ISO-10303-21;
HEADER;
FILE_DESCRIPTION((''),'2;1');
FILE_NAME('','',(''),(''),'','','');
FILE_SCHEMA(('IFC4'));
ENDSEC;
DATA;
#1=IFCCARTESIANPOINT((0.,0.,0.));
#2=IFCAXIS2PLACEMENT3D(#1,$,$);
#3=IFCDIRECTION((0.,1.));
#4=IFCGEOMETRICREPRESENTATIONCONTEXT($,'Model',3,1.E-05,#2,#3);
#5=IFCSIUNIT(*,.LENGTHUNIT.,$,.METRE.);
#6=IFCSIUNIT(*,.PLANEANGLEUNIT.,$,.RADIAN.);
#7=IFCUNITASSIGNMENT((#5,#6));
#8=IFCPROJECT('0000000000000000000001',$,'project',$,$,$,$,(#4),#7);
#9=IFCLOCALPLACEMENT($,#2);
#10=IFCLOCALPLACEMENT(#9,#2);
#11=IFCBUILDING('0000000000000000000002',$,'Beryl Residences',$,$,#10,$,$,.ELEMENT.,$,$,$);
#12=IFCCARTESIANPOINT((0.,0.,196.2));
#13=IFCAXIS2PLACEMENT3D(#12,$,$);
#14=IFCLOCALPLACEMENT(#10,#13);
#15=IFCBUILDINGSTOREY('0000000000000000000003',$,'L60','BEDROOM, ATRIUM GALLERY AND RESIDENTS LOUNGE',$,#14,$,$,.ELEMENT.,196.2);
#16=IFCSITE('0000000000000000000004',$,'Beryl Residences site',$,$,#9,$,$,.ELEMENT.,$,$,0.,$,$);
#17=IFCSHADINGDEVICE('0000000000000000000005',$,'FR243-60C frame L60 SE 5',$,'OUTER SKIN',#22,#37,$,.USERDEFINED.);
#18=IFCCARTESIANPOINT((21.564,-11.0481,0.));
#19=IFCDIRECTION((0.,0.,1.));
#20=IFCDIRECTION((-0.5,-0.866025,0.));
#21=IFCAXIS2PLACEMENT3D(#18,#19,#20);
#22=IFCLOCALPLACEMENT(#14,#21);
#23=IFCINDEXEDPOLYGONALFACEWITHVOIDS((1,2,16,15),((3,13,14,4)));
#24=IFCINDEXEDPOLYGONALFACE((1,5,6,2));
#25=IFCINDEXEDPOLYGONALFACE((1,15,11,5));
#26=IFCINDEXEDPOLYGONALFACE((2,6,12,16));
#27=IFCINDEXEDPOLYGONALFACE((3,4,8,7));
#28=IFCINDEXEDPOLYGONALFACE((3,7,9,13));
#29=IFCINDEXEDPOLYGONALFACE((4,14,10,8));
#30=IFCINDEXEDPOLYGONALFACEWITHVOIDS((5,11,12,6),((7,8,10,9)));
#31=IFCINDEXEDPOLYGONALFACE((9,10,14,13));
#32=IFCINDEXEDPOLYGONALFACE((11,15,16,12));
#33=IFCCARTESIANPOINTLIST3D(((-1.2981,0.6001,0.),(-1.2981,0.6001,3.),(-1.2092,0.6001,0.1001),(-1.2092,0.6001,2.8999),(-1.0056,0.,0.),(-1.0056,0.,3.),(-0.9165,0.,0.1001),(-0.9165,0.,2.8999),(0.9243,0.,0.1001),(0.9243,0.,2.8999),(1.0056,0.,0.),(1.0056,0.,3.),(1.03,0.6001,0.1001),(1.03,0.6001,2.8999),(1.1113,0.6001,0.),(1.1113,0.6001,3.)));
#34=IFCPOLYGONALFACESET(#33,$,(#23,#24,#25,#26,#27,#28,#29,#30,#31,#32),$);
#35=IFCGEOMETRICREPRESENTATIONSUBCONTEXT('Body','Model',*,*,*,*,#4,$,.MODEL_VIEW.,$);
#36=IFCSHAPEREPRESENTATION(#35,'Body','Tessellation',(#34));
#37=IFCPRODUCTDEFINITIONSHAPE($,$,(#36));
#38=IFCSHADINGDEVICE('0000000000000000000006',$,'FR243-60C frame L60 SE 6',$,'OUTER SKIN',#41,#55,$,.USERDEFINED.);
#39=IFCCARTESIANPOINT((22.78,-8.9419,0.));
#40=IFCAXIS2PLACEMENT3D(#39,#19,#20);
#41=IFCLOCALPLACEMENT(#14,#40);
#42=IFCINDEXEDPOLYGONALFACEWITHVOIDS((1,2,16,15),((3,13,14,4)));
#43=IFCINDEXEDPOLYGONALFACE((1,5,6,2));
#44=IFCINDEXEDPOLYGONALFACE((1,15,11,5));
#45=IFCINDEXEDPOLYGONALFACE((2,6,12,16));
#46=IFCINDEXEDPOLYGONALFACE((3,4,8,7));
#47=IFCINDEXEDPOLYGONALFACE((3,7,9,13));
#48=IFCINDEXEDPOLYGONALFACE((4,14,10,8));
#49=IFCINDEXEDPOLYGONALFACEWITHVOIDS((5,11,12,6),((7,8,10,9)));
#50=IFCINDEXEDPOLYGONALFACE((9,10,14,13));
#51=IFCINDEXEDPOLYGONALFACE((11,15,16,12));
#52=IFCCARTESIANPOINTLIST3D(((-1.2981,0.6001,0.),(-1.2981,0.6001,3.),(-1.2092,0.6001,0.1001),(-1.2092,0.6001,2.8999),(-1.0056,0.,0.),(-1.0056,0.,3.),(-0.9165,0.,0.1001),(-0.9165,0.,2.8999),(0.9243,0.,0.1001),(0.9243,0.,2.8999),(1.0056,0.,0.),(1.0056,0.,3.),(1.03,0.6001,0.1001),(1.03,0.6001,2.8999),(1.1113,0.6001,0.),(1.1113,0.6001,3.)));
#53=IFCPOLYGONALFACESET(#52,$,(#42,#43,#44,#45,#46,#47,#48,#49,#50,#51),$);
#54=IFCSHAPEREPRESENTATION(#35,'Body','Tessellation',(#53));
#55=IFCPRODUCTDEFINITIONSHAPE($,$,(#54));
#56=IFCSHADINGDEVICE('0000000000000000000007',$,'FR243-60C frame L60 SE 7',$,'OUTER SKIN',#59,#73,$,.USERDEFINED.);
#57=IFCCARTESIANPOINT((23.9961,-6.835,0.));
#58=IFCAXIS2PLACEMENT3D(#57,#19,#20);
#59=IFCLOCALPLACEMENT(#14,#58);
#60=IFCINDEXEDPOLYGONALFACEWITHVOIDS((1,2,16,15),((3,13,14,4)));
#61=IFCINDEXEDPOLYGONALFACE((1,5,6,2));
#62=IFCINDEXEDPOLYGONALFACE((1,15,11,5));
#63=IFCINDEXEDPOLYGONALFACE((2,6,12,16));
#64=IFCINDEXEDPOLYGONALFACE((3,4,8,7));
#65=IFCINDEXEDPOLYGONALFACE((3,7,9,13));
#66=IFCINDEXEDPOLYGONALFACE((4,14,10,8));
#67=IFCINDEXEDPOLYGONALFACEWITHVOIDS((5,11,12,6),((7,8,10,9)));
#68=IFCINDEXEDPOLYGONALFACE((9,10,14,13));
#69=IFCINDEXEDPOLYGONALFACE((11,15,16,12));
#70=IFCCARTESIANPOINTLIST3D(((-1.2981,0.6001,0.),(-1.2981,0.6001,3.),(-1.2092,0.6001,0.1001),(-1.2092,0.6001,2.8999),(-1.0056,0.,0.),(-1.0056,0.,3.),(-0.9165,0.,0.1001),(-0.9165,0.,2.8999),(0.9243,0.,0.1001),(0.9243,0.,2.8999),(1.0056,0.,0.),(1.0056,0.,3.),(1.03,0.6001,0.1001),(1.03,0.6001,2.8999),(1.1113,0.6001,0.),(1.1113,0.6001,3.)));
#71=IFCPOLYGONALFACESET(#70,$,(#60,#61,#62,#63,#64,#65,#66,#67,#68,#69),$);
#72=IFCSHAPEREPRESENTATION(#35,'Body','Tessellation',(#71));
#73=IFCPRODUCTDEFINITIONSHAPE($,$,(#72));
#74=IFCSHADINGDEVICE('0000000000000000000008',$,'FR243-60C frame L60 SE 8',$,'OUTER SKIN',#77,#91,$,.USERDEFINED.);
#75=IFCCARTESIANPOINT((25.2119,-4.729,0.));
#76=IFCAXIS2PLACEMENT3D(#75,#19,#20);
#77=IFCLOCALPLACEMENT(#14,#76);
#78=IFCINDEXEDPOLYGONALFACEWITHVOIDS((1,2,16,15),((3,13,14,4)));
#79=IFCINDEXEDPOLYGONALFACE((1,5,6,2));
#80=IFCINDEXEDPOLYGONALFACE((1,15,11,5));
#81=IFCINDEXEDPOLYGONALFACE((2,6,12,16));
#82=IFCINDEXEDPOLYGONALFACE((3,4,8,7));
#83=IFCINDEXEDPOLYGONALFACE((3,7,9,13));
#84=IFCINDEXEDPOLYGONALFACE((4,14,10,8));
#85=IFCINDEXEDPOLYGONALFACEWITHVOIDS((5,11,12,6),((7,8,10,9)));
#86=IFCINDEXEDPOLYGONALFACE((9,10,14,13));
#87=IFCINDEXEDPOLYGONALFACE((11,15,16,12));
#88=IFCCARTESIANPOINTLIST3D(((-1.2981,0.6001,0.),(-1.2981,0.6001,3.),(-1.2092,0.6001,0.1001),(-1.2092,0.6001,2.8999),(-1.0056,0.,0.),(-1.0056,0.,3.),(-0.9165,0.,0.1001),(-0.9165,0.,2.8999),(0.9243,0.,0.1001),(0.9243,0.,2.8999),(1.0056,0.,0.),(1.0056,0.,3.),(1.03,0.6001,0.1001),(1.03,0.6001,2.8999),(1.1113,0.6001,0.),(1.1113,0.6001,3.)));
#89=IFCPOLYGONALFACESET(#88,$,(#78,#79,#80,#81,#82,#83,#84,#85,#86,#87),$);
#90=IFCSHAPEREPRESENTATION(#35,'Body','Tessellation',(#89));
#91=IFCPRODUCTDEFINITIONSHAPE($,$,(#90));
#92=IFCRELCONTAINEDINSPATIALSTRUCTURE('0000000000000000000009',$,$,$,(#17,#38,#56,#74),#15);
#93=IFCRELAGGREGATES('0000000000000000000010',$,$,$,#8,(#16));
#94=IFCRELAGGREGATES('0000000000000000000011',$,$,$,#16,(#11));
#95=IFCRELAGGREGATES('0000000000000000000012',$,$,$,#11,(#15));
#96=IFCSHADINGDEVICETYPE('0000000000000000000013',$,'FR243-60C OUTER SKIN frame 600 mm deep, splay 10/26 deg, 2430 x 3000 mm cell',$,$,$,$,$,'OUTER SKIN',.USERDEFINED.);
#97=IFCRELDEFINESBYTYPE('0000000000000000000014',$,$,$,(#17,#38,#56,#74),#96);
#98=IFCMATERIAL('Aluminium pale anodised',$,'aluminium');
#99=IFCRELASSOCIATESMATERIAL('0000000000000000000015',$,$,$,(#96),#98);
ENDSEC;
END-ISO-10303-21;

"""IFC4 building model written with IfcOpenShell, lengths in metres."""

from ifc_helpers import new_model, entity, si_unit, direction, frame, origin, place, context, subcontext, project, spatial, source, transform, mapped, material, type_object, type_shapes, element, save


model = new_model("IFC4")

# Units and contexts
model_context = context("Model", 3, precision=1e-05, world=origin(), true_north=direction((0.0, 1.0)))
body_context = subcontext(model_context, "Body", "Model", "MODEL_VIEW")
ifc_project = project(units=[si_unit("LENGTHUNIT", "METRE"), si_unit("PLANEANGLEUNIT", "RADIAN")], contexts=[model_context])

# Site, building, storey
site_placement = place(None, origin())
site = spatial("IfcSite", under=ifc_project, at=site_placement, Name="Beryl Residences site", CompositionType="ELEMENT", RefElevation=0.0)
building_placement = place(site_placement, origin())
building = spatial("IfcBuilding", under=site, at=building_placement, Name="Beryl Residences", CompositionType="ELEMENT")
storey_placement = place(building_placement, frame((0.0, 0.0, 196.2)))
storey = spatial("IfcBuildingStorey", under=building, at=storey_placement, Name="L60", Description="BEDROOM, ATRIUM GALLERY AND RESIDENTS LOUNGE", CompositionType="ELEMENT", Elevation=196.2)

# Shading devices
ifc_material_1 = material(Name="Aluminium pale anodised", Category="aluminium")
shading_device_type = type_object("IfcShadingDeviceType", Name="FR243-60C OUTER SKIN frame 600 mm deep, splay 10/26 deg, 2430 x 3000 mm cell", ElementType="OUTER SKIN", PredefinedType="USERDEFINED", material=ifc_material_1)
cartesian_point_1 = entity("IfcCartesianPoint", [-1.0056, 0.0])
cartesian_point_2 = entity("IfcCartesianPoint", [-0.9243, 0.1001])
cartesian_point_3 = entity("IfcCartesianPoint", [-1.1113, 0.0])
cartesian_point_4 = entity("IfcCartesianPoint", [-1.03, 0.1001])
shared_shape_1 = source(origin(), body_context, "Body", "SweptSolid", [
    entity("IfcExtrudedAreaSolidTapered", entity("IfcArbitraryProfileDefWithVoids", "AREA", None, entity("IfcPolyline", [cartesian_point_1, entity("IfcCartesianPoint", [1.0056, 0.0]), entity("IfcCartesianPoint", [1.0056, 3.0]), entity("IfcCartesianPoint", [-1.0056, 3.0]), cartesian_point_1]), [entity("IfcPolyline", [cartesian_point_2, entity("IfcCartesianPoint", [0.9165, 0.1001]), entity("IfcCartesianPoint", [0.9165, 2.8999]), entity("IfcCartesianPoint", [-0.9243, 2.8999]), cartesian_point_2])]), entity("IfcAxis2Placement3D", entity("IfcCartesianPoint", [0.0, 0.0, 0.0]), entity("IfcDirection", [0.0, 1.0, 0.0]), entity("IfcDirection", [-1.0, 0.0, 0.0])), entity("IfcDirection", [0.0, 0.0, 1.0]), 0.6001, entity("IfcArbitraryProfileDefWithVoids", "AREA", None, entity("IfcPolyline", [cartesian_point_3, entity("IfcCartesianPoint", [1.2981, 0.0]), entity("IfcCartesianPoint", [1.2981, 3.0]), entity("IfcCartesianPoint", [-1.1113, 3.0]), cartesian_point_3]), [entity("IfcPolyline", [cartesian_point_4, entity("IfcCartesianPoint", [1.2092, 0.1001]), entity("IfcCartesianPoint", [1.2092, 2.8999]), entity("IfcCartesianPoint", [-1.03, 2.8999]), cartesian_point_4])])),
])
type_shapes(shading_device_type, [shared_shape_1])
for number, where, z_axis, x_axis, name in (
    (1, (21.564, -11.0481, 0.0), (0.0, 0.0, 1.0), (-0.5, -0.866025, 0.0), "FR243-60C frame L60 SE 5"),
    (2, (22.78, -8.9419, 0.0), (0.0, 0.0, 1.0), (-0.5, -0.866025, 0.0), "FR243-60C frame L60 SE 6"),
    (3, (23.9961, -6.835, 0.0), (0.0, 0.0, 1.0), (-0.5, -0.866025, 0.0), "FR243-60C frame L60 SE 7"),
    (4, (25.2119, -4.729, 0.0), (0.0, 0.0, 1.0), (-0.5, -0.866025, 0.0), "FR243-60C frame L60 SE 8"),
):
    element("IfcShadingDevice", number, at=place(storey_placement, frame(where, z_axis=z_axis, x_axis=x_axis)), inside=storey, type_object=shading_device_type, Name=name, ObjectType="OUTER SKIN", PredefinedType="USERDEFINED", context=body_context, shape_type="MappedRepresentation", body=[
        mapped(shared_shape_1, transform((0.0, 0.0, 0.0))),
    ])

save(model, "model.ifc")
